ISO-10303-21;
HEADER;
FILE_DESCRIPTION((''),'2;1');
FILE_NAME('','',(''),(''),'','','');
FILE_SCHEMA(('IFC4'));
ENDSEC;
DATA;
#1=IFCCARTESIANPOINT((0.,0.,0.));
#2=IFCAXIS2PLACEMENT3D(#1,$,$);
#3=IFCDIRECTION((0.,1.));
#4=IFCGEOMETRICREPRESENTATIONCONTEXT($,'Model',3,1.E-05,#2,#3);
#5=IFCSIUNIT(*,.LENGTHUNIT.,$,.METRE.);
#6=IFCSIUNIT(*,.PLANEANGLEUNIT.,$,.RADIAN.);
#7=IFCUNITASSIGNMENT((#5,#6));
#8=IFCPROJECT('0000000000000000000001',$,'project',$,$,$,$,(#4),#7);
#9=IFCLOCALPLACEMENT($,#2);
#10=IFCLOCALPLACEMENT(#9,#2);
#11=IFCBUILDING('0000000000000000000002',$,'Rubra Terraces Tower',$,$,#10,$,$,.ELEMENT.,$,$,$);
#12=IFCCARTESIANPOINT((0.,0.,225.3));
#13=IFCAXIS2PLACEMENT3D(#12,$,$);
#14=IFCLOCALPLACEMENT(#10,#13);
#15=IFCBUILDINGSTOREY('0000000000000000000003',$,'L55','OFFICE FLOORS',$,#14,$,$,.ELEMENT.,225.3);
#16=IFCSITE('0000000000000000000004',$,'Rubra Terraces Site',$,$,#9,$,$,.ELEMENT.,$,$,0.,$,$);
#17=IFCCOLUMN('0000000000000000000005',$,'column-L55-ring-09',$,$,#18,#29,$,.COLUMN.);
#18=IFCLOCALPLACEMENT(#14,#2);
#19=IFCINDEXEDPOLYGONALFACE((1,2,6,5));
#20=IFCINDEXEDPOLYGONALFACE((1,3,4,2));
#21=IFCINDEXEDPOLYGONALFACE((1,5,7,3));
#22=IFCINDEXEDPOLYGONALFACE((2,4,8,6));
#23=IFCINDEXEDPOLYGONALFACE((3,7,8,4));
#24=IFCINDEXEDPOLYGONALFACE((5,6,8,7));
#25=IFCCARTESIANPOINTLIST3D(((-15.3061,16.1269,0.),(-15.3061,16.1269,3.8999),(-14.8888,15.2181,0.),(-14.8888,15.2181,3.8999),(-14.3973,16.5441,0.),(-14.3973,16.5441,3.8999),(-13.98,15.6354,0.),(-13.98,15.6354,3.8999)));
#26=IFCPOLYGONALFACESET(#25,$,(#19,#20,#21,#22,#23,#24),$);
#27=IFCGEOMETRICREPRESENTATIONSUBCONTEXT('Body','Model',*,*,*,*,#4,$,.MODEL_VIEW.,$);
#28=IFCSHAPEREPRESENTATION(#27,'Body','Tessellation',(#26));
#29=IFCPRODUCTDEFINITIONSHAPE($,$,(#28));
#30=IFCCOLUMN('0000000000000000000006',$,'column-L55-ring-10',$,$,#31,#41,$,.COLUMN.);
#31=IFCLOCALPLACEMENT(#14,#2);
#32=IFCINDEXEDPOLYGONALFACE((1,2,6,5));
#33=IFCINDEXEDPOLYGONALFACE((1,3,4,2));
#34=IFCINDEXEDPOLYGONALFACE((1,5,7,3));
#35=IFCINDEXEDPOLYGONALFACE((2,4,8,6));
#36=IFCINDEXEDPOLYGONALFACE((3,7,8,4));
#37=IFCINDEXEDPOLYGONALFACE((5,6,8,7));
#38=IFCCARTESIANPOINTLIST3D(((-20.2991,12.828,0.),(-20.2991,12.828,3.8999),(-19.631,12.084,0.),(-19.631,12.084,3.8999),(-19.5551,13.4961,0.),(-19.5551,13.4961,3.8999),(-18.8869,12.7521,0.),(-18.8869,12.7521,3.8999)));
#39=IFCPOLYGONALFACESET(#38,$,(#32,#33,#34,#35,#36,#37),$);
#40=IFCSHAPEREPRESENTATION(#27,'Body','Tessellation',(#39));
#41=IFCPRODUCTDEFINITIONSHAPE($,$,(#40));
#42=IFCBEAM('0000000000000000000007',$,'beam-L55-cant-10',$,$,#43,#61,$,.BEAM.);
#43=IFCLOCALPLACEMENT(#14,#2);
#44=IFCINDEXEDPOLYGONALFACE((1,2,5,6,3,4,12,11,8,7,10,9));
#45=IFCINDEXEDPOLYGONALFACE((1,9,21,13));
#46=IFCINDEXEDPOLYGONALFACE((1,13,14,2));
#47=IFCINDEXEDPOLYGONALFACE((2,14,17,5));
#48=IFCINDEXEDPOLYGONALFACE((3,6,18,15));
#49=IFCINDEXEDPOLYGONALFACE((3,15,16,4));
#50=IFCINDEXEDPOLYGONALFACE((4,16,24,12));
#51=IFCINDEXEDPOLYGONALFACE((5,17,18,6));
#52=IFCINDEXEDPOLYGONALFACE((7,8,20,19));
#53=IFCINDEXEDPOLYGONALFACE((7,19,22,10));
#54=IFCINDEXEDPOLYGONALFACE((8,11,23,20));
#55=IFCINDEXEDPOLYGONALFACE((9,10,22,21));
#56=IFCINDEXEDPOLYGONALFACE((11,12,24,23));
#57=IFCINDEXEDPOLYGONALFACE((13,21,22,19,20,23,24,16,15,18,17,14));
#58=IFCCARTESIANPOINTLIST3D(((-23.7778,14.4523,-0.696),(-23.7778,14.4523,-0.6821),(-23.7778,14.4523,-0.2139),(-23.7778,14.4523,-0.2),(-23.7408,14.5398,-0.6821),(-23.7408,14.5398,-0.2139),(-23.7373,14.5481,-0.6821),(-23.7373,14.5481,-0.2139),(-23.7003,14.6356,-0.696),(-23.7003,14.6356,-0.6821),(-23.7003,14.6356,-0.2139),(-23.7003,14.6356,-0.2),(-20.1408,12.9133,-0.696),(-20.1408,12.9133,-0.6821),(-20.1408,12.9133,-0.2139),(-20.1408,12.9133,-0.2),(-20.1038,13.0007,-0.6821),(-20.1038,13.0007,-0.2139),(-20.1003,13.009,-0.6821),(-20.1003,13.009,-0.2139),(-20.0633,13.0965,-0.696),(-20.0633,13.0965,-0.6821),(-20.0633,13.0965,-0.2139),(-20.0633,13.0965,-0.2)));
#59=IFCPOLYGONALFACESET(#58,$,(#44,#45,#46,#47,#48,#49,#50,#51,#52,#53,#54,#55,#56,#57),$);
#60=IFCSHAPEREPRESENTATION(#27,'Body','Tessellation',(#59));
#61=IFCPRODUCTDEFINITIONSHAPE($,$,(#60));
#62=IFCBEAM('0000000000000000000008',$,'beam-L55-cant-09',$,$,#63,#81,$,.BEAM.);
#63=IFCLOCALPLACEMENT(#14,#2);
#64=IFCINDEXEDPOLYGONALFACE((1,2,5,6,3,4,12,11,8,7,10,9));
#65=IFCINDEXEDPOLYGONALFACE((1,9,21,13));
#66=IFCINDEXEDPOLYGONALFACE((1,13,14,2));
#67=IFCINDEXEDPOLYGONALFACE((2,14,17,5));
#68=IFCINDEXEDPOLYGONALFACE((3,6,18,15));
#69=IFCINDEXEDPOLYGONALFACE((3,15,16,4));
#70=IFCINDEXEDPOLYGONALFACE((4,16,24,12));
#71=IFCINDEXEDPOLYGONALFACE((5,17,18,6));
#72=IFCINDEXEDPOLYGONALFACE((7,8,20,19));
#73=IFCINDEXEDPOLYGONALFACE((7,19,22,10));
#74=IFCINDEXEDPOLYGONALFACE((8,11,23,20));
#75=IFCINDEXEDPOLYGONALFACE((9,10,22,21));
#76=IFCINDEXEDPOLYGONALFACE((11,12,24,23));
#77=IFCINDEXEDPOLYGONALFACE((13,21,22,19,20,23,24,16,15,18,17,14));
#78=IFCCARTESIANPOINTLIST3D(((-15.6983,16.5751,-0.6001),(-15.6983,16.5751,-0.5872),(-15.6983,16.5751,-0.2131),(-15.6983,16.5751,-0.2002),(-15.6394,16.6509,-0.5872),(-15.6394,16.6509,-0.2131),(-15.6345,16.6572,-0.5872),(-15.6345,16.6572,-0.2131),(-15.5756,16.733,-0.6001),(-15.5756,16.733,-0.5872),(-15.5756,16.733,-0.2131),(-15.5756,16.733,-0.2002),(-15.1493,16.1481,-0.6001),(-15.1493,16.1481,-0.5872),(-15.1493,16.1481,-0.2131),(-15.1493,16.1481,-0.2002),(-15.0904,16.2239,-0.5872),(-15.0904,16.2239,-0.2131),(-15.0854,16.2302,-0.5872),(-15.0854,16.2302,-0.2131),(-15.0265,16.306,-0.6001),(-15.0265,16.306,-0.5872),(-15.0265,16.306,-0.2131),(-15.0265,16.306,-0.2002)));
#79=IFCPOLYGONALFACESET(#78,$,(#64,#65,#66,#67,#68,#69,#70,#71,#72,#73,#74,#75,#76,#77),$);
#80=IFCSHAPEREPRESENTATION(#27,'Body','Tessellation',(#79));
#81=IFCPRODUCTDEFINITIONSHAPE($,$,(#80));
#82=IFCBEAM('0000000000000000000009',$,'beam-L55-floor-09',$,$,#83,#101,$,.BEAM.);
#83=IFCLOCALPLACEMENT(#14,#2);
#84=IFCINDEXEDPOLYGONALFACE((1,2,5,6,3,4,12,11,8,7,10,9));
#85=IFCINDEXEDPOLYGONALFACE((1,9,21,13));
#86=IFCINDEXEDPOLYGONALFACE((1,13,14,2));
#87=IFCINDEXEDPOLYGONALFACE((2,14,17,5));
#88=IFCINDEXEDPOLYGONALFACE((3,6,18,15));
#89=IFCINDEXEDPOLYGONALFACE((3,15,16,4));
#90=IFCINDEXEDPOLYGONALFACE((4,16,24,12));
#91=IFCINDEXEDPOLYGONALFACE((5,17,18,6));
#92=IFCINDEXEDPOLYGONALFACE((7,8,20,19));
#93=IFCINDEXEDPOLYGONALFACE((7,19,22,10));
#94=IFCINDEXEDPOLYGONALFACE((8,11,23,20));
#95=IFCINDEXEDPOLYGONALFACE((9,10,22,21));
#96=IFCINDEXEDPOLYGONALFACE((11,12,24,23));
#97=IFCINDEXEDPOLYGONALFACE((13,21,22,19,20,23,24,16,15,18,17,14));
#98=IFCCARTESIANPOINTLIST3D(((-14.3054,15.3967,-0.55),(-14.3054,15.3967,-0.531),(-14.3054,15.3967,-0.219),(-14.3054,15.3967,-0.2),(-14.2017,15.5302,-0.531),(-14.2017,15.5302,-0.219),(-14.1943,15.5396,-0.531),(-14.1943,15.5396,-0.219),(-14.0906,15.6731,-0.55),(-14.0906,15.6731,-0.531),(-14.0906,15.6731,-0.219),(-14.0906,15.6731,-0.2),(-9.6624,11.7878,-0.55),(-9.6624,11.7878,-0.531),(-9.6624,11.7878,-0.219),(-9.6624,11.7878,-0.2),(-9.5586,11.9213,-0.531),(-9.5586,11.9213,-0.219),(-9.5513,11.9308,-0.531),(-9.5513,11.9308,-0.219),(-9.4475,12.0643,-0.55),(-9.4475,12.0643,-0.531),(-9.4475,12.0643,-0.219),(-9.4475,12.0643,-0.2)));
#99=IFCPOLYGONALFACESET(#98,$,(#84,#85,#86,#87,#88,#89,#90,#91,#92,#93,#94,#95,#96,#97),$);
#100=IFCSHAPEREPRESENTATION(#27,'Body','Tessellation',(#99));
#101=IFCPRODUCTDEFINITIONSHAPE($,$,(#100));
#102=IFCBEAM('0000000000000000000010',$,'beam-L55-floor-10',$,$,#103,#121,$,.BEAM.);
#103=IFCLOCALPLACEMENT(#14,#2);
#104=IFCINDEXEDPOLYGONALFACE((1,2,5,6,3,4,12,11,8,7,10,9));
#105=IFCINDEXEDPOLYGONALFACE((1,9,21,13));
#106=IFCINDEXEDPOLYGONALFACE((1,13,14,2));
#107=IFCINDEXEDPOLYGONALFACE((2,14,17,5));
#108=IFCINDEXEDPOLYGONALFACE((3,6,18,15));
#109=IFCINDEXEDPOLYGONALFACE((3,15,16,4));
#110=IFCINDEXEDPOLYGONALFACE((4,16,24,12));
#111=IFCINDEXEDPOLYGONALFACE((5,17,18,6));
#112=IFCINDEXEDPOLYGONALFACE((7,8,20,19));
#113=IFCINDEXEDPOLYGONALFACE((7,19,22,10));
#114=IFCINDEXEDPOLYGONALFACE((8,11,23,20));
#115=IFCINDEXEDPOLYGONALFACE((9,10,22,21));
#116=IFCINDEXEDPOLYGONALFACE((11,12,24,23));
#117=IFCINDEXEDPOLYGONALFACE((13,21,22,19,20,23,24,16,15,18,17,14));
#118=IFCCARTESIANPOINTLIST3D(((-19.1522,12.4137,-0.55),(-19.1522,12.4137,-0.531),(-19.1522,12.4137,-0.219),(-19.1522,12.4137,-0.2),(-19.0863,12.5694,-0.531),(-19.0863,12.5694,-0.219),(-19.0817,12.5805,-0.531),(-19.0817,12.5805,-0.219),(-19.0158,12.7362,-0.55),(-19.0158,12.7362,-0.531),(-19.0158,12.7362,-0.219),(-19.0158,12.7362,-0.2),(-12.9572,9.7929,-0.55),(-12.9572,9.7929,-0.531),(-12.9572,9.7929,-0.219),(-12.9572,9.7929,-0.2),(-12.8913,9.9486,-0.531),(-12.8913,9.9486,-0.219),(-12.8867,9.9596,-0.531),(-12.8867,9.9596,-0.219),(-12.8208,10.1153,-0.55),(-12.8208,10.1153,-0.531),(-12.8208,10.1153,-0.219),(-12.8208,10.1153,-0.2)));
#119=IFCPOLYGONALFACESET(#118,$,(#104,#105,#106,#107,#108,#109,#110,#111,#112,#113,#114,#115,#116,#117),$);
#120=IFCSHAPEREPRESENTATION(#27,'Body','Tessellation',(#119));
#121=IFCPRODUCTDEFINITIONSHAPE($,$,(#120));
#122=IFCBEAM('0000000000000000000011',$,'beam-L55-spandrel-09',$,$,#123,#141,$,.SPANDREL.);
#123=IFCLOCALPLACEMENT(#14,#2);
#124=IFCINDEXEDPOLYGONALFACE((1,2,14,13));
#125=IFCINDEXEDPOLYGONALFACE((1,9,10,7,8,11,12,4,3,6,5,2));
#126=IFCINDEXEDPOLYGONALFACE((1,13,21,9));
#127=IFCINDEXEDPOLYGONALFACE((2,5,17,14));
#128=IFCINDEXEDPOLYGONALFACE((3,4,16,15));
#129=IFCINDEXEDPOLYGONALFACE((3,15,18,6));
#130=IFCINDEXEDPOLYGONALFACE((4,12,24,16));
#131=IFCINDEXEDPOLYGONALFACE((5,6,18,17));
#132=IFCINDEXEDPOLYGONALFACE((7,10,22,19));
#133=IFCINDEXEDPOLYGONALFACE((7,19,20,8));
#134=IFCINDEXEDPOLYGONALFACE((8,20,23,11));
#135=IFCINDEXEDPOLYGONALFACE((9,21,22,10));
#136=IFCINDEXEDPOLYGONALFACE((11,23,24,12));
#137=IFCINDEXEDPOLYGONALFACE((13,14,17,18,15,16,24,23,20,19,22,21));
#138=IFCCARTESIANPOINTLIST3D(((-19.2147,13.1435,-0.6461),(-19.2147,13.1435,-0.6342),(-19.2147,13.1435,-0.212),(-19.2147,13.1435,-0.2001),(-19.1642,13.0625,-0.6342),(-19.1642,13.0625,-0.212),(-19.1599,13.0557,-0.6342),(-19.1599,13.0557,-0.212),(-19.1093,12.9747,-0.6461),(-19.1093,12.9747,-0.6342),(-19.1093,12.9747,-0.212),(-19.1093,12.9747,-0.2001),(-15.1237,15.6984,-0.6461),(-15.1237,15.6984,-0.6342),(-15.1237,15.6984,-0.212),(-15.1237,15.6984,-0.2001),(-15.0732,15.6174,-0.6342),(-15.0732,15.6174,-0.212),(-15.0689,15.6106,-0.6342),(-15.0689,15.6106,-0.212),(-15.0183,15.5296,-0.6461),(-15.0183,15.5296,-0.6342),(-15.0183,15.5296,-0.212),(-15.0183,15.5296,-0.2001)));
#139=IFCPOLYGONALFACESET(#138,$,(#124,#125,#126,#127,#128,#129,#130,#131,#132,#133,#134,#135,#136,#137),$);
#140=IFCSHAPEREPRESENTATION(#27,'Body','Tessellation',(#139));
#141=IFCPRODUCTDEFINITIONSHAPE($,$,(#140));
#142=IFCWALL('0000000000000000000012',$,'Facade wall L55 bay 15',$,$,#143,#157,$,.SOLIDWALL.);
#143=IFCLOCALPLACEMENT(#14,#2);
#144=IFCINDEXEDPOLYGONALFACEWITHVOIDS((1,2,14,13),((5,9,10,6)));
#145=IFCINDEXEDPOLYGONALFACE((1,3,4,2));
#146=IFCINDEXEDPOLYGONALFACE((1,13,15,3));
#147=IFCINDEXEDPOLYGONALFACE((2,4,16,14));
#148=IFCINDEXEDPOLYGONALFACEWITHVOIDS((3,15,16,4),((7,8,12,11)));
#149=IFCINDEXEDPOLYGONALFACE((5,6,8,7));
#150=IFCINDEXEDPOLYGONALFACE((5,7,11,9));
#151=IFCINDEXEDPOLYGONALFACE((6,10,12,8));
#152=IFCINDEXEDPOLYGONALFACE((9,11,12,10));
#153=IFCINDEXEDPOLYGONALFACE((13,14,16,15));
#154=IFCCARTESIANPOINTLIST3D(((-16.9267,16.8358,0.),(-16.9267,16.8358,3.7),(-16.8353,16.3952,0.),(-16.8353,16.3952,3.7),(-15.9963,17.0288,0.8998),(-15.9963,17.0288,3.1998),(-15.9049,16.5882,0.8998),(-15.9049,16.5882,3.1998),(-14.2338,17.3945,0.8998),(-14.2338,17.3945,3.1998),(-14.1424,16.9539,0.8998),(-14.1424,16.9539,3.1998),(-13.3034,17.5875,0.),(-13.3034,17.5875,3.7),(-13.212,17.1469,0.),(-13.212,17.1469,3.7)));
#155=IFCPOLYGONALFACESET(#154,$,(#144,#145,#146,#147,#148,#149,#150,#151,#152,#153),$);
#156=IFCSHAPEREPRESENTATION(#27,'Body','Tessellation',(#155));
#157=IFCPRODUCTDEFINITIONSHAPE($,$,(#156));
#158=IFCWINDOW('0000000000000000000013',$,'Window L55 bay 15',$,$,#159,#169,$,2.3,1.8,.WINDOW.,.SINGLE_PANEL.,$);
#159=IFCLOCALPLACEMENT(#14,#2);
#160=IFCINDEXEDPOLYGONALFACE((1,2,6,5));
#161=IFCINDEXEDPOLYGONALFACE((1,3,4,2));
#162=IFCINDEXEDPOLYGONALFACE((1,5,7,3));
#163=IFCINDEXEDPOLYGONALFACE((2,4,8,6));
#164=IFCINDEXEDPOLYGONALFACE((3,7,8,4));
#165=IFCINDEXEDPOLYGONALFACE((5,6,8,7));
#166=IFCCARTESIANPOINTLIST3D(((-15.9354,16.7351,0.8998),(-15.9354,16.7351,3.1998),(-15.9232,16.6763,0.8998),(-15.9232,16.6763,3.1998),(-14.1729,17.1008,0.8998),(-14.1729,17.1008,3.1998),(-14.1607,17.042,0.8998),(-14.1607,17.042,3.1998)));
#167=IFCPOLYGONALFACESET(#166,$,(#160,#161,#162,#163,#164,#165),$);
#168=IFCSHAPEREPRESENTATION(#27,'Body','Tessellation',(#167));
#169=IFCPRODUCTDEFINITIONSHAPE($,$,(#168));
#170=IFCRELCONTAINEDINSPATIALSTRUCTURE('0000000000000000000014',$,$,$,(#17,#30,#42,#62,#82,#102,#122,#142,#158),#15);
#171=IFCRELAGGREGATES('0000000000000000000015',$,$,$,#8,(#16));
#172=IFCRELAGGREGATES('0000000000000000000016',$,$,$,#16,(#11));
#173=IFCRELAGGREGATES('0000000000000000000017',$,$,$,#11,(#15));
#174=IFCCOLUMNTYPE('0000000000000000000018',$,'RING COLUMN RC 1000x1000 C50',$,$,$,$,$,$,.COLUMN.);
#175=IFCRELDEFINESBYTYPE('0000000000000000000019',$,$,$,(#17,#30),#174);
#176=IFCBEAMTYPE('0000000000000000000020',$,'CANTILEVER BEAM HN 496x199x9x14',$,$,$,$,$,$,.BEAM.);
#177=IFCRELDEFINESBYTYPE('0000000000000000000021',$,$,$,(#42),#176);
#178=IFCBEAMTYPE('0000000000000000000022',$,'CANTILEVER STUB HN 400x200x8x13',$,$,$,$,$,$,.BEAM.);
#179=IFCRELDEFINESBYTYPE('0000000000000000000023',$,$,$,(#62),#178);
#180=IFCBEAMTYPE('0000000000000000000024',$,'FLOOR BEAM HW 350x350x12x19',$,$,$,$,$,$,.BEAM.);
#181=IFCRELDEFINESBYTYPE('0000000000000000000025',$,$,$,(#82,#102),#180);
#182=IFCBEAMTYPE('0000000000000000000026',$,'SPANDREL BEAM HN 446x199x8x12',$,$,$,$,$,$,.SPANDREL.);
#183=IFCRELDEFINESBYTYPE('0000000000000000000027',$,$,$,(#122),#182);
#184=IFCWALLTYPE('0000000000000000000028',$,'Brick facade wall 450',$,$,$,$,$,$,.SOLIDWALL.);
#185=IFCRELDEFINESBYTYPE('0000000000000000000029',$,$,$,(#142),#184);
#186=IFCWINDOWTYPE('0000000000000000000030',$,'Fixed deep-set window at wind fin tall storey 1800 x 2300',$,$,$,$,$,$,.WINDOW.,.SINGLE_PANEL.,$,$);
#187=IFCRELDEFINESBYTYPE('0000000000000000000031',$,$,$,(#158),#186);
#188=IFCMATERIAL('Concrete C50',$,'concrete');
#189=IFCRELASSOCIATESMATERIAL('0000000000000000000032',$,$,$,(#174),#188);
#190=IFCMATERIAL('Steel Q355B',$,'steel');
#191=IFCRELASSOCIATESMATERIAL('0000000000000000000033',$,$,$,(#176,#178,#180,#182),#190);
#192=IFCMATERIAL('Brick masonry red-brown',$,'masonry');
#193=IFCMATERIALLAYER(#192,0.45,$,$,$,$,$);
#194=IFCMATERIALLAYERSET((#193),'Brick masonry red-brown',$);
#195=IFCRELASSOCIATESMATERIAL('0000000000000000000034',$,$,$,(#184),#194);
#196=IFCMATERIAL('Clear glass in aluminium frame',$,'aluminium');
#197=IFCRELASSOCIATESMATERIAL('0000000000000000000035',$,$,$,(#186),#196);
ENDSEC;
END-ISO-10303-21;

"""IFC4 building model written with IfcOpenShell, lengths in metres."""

from ifc_helpers import new_model, si_unit, direction, frame, frame_2d, origin, origin_2d, place, context, subcontext, project, spatial, rectangle, i_section, extrude, material, layer, layer_set, material_profile, profile_set, type_object, element, fill, save


model = new_model("IFC4")

# Units and contexts
model_context = context("Model", 3, precision=1e-05, world=origin(), true_north=direction((0.0, 1.0)))
body_context = subcontext(model_context, "Body", "Model", "MODEL_VIEW")
ifc_project = project(units=[si_unit("LENGTHUNIT", "METRE"), si_unit("PLANEANGLEUNIT", "RADIAN")], contexts=[model_context])

# Site, building, storey
site_placement = place(None, origin())
site = spatial("IfcSite", under=ifc_project, at=site_placement, Name="Rubra Terraces Site", CompositionType="ELEMENT", RefElevation=0.0)
building_placement = place(site_placement, origin())
building = spatial("IfcBuilding", under=site, at=building_placement, Name="Rubra Terraces Tower", CompositionType="ELEMENT")
storey_placement = place(building_placement, frame((0.0, 0.0, 225.3)))
storey = spatial("IfcBuildingStorey", under=building, at=storey_placement, Name="L55", Description="OFFICE FLOORS", CompositionType="ELEMENT", Elevation=225.3)

# Columns
ifc_material_1 = material(Name="Concrete C50", Category="concrete")
ifc_material_profile_1 = material_profile(ifc_material_1, rectangle(XDim=1.0, YDim=1.0, at=origin_2d()), Name="RC 1000x1000")
ifc_profile_set_1 = profile_set([ifc_material_profile_1], Name="Concrete C50")
column_type = type_object("IfcColumnType", Name="RING COLUMN RC 1000x1000 C50", PredefinedType="COLUMN", material=ifc_profile_set_1)
for number, where, z_axis, x_axis, name in (
    (1, (-14.6431, 15.8811, 0.0), (0.0, 0.0, 1.0), (-0.908779, -0.417279, 0.0), "column-L55-ring-09"),
    (2, (-19.593, 12.79, 0.0), (0.0, 0.0, 1.0), (-0.744021, -0.668156, 0.0), "column-L55-ring-10"),
):
    element("IfcColumn", number, at=place(storey_placement, frame(where, z_axis=z_axis, x_axis=x_axis)), inside=storey, type_object=column_type, Name=name, PredefinedType="COLUMN", context=body_context, shape_type="SweptSolid", body=[
        extrude(rectangle(XDim=1.0, YDim=1.0, at=origin_2d()), origin(), (0.0, 0.0, 1.0), 3.8999),
    ])

# Beams
ifc_material_2 = material(Name="Steel Q355B", Category="steel")
ifc_material_profile_2 = material_profile(ifc_material_2, i_section(OverallWidth=0.199, OverallDepth=0.4961, WebThickness=0.009, FlangeThickness=0.0139, at=origin_2d()), Name="HN 496x199x9x14")
ifc_profile_set_2 = profile_set([ifc_material_profile_2], Name="Steel Q355B")
beam_type_1 = type_object("IfcBeamType", Name="CANTILEVER BEAM HN 496x199x9x14", PredefinedType="BEAM", material=ifc_profile_set_2)
beam_1_placement = place(storey_placement, frame((-20.1021, 13.0049, -0.448), z_axis=(-0.920936, 0.389715, 0.0), x_axis=(-0.389715, -0.920936, 0.0)))
element("IfcBeam", 3, at=beam_1_placement, inside=storey, type_object=beam_type_1, Name="beam-L55-cant-10", PredefinedType="BEAM", context=body_context, shape_type="SweptSolid", body=[
    extrude(i_section(OverallWidth=0.199, OverallDepth=0.4961, WebThickness=0.009, FlangeThickness=0.0139, at=origin_2d()), origin(), (0.0, 0.0, 1.0), 3.9492),
])
ifc_material_profile_3 = material_profile(ifc_material_2, i_section(OverallWidth=0.2, OverallDepth=0.3999, WebThickness=0.0081, FlangeThickness=0.0129, at=origin_2d()), Name="HN 400x200x8x13")
ifc_profile_set_3 = profile_set([ifc_material_profile_3], Name="Steel Q355B")
beam_type_2 = type_object("IfcBeamType", Name="CANTILEVER STUB HN 400x200x8x13", PredefinedType="BEAM", material=ifc_profile_set_3)
beam_2_placement = place(storey_placement, frame((-15.0879, 16.2271, -0.4001), z_axis=(-0.78939, 0.613892, 0.0), x_axis=(-0.613892, -0.78939, 0.0)))
element("IfcBeam", 4, at=beam_2_placement, inside=storey, type_object=beam_type_2, Name="beam-L55-cant-09", PredefinedType="BEAM", context=body_context, shape_type="SweptSolid", body=[
    extrude(i_section(OverallWidth=0.2, OverallDepth=0.3999, WebThickness=0.0081, FlangeThickness=0.0129, at=origin_2d()), origin(), (0.0, 0.0, 1.0), 0.6956),
])
ifc_material_profile_4 = material_profile(ifc_material_2, i_section(OverallWidth=0.3501, OverallDepth=0.3501, WebThickness=0.012, FlangeThickness=0.019, at=origin_2d()), Name="HW 350x350x12x19")
ifc_profile_set_4 = profile_set([ifc_material_profile_4], Name="Steel Q355B")
beam_type_3 = type_object("IfcBeamType", Name="FLOOR BEAM HW 350x350x12x19", PredefinedType="BEAM", material=ifc_profile_set_4)
beam_3_placement = place(storey_placement, frame((-14.198, 15.5349, -0.375), z_axis=(0.789549, -0.613688, 0.0), x_axis=(0.613688, 0.789549, 0.0)))
element("IfcBeam", 5, at=beam_3_placement, inside=storey, type_object=beam_type_3, Name="beam-L55-floor-09", PredefinedType="BEAM", context=body_context, shape_type="SweptSolid", body=[
    extrude(i_section(OverallWidth=0.3501, OverallDepth=0.3501, WebThickness=0.012, FlangeThickness=0.019, at=origin_2d()), origin(), (0.0, 0.0, 1.0), 5.8806),
])
beam_4_placement = place(storey_placement, frame((-19.084, 12.575, -0.375), z_axis=(0.920975, -0.389622, 0.0), x_axis=(0.389622, 0.920975, 0.0)))
element("IfcBeam", 6, at=beam_4_placement, inside=storey, type_object=beam_type_3, Name="beam-L55-floor-10", PredefinedType="BEAM", context=body_context, shape_type="SweptSolid", body=[
    extrude(i_section(OverallWidth=0.3501, OverallDepth=0.3501, WebThickness=0.012, FlangeThickness=0.019, at=origin_2d()), origin(), (0.0, 0.0, 1.0), 6.7266),
])
ifc_material_profile_5 = material_profile(ifc_material_2, i_section(OverallWidth=0.199, OverallDepth=0.446, WebThickness=0.0081, FlangeThickness=0.012, at=origin_2d()), Name="HN 446x199x8x12")
ifc_profile_set_5 = profile_set([ifc_material_profile_5], Name="Steel Q355B")
beam_type_4 = type_object("IfcBeamType", Name="SPANDREL BEAM HN 446x199x8x12", PredefinedType="SPANDREL", material=ifc_profile_set_5)
beam_5_placement = place(storey_placement, frame((-15.071, 15.614, -0.4231), z_axis=(-0.848183, -0.529703, 0.0), x_axis=(0.529703, -0.848183, 0.0)))
element("IfcBeam", 7, at=beam_5_placement, inside=storey, type_object=beam_type_4, Name="beam-L55-spandrel-09", PredefinedType="SPANDREL", context=body_context, shape_type="SweptSolid", body=[
    extrude(i_section(OverallWidth=0.199, OverallDepth=0.446, WebThickness=0.0081, FlangeThickness=0.012, at=origin_2d()), origin(), (0.0, 0.0, 1.0), 4.8232),
])

# Wall, opening, window
ifc_material_3 = material(Name="Brick masonry red-brown", Category="masonry")
ifc_layer_1 = layer(ifc_material_3, 0.45)
ifc_layer_set_1 = layer_set([ifc_layer_1], Name="Brick masonry red-brown")
wall_type_1 = type_object("IfcWallType", Name="Brick facade wall 450", PredefinedType="SOLIDWALL", material=ifc_layer_set_1)
wall_1_placement = place(storey_placement, frame((-13.2578, 17.3672, 0.0), z_axis=(0.0, 0.0, 1.0), x_axis=(-0.97915, -0.20314, 0.0)))
wall_1 = element("IfcWall", 8, at=wall_1_placement, inside=storey, type_object=wall_type_1, Name="Facade wall L55 bay 15", PredefinedType="SOLIDWALL", context=body_context, shape_type="SweptSolid", body=[
    extrude(rectangle(XDim=3.7004, YDim=0.45, at=frame_2d((1.8501, 0.0))), origin(), (0.0, 0.0, 1.0), 3.7),
])
opening_1_placement = place(wall_1_placement, frame((0.9502, 0.0, 0.8999)))
opening_1 = element("IfcOpeningElement", 9, at=opening_1_placement, cuts=wall_1, PredefinedType="OPENING", context=body_context, shape_type="SweptSolid", body=[
    extrude(rectangle(XDim=1.8, YDim=2.3, at=frame_2d((0.8999, 1.1499))), frame((0.0, 0.2349, 0.0), z_axis=(0.0, -1.0, 0.0), x_axis=(1.0, 0.0, 0.0)), (0.0, 0.0, 1.0), 0.47),
])
ifc_material_4 = material(Name="Clear glass in aluminium frame", Category="aluminium")
window_type_1 = type_object("IfcWindowType", Name="Fixed deep-set window at wind fin tall storey 1800 x 2300", PartitioningType="SINGLE_PANEL", PredefinedType="WINDOW", material=ifc_material_4)
window_1_placement = place(opening_1_placement, origin())
window_1 = element("IfcWindow", 10, at=window_1_placement, inside=storey, type_object=window_type_1, Name="Window L55 bay 15", OverallHeight=2.3, OverallWidth=1.8, PartitioningType="SINGLE_PANEL", PredefinedType="WINDOW", context=body_context, shape_type="SweptSolid", body=[
    extrude(rectangle(XDim=1.8, YDim=2.3, at=frame_2d((0.8999, 1.1499))), frame((0.0, 0.135, 0.0), z_axis=(0.0, -1.0, 0.0), x_axis=(1.0, 0.0, 0.0)), (0.0, 0.0, 1.0), 0.0601),
])
fill(opening_1, window_1)

save(model, "model.ifc")
